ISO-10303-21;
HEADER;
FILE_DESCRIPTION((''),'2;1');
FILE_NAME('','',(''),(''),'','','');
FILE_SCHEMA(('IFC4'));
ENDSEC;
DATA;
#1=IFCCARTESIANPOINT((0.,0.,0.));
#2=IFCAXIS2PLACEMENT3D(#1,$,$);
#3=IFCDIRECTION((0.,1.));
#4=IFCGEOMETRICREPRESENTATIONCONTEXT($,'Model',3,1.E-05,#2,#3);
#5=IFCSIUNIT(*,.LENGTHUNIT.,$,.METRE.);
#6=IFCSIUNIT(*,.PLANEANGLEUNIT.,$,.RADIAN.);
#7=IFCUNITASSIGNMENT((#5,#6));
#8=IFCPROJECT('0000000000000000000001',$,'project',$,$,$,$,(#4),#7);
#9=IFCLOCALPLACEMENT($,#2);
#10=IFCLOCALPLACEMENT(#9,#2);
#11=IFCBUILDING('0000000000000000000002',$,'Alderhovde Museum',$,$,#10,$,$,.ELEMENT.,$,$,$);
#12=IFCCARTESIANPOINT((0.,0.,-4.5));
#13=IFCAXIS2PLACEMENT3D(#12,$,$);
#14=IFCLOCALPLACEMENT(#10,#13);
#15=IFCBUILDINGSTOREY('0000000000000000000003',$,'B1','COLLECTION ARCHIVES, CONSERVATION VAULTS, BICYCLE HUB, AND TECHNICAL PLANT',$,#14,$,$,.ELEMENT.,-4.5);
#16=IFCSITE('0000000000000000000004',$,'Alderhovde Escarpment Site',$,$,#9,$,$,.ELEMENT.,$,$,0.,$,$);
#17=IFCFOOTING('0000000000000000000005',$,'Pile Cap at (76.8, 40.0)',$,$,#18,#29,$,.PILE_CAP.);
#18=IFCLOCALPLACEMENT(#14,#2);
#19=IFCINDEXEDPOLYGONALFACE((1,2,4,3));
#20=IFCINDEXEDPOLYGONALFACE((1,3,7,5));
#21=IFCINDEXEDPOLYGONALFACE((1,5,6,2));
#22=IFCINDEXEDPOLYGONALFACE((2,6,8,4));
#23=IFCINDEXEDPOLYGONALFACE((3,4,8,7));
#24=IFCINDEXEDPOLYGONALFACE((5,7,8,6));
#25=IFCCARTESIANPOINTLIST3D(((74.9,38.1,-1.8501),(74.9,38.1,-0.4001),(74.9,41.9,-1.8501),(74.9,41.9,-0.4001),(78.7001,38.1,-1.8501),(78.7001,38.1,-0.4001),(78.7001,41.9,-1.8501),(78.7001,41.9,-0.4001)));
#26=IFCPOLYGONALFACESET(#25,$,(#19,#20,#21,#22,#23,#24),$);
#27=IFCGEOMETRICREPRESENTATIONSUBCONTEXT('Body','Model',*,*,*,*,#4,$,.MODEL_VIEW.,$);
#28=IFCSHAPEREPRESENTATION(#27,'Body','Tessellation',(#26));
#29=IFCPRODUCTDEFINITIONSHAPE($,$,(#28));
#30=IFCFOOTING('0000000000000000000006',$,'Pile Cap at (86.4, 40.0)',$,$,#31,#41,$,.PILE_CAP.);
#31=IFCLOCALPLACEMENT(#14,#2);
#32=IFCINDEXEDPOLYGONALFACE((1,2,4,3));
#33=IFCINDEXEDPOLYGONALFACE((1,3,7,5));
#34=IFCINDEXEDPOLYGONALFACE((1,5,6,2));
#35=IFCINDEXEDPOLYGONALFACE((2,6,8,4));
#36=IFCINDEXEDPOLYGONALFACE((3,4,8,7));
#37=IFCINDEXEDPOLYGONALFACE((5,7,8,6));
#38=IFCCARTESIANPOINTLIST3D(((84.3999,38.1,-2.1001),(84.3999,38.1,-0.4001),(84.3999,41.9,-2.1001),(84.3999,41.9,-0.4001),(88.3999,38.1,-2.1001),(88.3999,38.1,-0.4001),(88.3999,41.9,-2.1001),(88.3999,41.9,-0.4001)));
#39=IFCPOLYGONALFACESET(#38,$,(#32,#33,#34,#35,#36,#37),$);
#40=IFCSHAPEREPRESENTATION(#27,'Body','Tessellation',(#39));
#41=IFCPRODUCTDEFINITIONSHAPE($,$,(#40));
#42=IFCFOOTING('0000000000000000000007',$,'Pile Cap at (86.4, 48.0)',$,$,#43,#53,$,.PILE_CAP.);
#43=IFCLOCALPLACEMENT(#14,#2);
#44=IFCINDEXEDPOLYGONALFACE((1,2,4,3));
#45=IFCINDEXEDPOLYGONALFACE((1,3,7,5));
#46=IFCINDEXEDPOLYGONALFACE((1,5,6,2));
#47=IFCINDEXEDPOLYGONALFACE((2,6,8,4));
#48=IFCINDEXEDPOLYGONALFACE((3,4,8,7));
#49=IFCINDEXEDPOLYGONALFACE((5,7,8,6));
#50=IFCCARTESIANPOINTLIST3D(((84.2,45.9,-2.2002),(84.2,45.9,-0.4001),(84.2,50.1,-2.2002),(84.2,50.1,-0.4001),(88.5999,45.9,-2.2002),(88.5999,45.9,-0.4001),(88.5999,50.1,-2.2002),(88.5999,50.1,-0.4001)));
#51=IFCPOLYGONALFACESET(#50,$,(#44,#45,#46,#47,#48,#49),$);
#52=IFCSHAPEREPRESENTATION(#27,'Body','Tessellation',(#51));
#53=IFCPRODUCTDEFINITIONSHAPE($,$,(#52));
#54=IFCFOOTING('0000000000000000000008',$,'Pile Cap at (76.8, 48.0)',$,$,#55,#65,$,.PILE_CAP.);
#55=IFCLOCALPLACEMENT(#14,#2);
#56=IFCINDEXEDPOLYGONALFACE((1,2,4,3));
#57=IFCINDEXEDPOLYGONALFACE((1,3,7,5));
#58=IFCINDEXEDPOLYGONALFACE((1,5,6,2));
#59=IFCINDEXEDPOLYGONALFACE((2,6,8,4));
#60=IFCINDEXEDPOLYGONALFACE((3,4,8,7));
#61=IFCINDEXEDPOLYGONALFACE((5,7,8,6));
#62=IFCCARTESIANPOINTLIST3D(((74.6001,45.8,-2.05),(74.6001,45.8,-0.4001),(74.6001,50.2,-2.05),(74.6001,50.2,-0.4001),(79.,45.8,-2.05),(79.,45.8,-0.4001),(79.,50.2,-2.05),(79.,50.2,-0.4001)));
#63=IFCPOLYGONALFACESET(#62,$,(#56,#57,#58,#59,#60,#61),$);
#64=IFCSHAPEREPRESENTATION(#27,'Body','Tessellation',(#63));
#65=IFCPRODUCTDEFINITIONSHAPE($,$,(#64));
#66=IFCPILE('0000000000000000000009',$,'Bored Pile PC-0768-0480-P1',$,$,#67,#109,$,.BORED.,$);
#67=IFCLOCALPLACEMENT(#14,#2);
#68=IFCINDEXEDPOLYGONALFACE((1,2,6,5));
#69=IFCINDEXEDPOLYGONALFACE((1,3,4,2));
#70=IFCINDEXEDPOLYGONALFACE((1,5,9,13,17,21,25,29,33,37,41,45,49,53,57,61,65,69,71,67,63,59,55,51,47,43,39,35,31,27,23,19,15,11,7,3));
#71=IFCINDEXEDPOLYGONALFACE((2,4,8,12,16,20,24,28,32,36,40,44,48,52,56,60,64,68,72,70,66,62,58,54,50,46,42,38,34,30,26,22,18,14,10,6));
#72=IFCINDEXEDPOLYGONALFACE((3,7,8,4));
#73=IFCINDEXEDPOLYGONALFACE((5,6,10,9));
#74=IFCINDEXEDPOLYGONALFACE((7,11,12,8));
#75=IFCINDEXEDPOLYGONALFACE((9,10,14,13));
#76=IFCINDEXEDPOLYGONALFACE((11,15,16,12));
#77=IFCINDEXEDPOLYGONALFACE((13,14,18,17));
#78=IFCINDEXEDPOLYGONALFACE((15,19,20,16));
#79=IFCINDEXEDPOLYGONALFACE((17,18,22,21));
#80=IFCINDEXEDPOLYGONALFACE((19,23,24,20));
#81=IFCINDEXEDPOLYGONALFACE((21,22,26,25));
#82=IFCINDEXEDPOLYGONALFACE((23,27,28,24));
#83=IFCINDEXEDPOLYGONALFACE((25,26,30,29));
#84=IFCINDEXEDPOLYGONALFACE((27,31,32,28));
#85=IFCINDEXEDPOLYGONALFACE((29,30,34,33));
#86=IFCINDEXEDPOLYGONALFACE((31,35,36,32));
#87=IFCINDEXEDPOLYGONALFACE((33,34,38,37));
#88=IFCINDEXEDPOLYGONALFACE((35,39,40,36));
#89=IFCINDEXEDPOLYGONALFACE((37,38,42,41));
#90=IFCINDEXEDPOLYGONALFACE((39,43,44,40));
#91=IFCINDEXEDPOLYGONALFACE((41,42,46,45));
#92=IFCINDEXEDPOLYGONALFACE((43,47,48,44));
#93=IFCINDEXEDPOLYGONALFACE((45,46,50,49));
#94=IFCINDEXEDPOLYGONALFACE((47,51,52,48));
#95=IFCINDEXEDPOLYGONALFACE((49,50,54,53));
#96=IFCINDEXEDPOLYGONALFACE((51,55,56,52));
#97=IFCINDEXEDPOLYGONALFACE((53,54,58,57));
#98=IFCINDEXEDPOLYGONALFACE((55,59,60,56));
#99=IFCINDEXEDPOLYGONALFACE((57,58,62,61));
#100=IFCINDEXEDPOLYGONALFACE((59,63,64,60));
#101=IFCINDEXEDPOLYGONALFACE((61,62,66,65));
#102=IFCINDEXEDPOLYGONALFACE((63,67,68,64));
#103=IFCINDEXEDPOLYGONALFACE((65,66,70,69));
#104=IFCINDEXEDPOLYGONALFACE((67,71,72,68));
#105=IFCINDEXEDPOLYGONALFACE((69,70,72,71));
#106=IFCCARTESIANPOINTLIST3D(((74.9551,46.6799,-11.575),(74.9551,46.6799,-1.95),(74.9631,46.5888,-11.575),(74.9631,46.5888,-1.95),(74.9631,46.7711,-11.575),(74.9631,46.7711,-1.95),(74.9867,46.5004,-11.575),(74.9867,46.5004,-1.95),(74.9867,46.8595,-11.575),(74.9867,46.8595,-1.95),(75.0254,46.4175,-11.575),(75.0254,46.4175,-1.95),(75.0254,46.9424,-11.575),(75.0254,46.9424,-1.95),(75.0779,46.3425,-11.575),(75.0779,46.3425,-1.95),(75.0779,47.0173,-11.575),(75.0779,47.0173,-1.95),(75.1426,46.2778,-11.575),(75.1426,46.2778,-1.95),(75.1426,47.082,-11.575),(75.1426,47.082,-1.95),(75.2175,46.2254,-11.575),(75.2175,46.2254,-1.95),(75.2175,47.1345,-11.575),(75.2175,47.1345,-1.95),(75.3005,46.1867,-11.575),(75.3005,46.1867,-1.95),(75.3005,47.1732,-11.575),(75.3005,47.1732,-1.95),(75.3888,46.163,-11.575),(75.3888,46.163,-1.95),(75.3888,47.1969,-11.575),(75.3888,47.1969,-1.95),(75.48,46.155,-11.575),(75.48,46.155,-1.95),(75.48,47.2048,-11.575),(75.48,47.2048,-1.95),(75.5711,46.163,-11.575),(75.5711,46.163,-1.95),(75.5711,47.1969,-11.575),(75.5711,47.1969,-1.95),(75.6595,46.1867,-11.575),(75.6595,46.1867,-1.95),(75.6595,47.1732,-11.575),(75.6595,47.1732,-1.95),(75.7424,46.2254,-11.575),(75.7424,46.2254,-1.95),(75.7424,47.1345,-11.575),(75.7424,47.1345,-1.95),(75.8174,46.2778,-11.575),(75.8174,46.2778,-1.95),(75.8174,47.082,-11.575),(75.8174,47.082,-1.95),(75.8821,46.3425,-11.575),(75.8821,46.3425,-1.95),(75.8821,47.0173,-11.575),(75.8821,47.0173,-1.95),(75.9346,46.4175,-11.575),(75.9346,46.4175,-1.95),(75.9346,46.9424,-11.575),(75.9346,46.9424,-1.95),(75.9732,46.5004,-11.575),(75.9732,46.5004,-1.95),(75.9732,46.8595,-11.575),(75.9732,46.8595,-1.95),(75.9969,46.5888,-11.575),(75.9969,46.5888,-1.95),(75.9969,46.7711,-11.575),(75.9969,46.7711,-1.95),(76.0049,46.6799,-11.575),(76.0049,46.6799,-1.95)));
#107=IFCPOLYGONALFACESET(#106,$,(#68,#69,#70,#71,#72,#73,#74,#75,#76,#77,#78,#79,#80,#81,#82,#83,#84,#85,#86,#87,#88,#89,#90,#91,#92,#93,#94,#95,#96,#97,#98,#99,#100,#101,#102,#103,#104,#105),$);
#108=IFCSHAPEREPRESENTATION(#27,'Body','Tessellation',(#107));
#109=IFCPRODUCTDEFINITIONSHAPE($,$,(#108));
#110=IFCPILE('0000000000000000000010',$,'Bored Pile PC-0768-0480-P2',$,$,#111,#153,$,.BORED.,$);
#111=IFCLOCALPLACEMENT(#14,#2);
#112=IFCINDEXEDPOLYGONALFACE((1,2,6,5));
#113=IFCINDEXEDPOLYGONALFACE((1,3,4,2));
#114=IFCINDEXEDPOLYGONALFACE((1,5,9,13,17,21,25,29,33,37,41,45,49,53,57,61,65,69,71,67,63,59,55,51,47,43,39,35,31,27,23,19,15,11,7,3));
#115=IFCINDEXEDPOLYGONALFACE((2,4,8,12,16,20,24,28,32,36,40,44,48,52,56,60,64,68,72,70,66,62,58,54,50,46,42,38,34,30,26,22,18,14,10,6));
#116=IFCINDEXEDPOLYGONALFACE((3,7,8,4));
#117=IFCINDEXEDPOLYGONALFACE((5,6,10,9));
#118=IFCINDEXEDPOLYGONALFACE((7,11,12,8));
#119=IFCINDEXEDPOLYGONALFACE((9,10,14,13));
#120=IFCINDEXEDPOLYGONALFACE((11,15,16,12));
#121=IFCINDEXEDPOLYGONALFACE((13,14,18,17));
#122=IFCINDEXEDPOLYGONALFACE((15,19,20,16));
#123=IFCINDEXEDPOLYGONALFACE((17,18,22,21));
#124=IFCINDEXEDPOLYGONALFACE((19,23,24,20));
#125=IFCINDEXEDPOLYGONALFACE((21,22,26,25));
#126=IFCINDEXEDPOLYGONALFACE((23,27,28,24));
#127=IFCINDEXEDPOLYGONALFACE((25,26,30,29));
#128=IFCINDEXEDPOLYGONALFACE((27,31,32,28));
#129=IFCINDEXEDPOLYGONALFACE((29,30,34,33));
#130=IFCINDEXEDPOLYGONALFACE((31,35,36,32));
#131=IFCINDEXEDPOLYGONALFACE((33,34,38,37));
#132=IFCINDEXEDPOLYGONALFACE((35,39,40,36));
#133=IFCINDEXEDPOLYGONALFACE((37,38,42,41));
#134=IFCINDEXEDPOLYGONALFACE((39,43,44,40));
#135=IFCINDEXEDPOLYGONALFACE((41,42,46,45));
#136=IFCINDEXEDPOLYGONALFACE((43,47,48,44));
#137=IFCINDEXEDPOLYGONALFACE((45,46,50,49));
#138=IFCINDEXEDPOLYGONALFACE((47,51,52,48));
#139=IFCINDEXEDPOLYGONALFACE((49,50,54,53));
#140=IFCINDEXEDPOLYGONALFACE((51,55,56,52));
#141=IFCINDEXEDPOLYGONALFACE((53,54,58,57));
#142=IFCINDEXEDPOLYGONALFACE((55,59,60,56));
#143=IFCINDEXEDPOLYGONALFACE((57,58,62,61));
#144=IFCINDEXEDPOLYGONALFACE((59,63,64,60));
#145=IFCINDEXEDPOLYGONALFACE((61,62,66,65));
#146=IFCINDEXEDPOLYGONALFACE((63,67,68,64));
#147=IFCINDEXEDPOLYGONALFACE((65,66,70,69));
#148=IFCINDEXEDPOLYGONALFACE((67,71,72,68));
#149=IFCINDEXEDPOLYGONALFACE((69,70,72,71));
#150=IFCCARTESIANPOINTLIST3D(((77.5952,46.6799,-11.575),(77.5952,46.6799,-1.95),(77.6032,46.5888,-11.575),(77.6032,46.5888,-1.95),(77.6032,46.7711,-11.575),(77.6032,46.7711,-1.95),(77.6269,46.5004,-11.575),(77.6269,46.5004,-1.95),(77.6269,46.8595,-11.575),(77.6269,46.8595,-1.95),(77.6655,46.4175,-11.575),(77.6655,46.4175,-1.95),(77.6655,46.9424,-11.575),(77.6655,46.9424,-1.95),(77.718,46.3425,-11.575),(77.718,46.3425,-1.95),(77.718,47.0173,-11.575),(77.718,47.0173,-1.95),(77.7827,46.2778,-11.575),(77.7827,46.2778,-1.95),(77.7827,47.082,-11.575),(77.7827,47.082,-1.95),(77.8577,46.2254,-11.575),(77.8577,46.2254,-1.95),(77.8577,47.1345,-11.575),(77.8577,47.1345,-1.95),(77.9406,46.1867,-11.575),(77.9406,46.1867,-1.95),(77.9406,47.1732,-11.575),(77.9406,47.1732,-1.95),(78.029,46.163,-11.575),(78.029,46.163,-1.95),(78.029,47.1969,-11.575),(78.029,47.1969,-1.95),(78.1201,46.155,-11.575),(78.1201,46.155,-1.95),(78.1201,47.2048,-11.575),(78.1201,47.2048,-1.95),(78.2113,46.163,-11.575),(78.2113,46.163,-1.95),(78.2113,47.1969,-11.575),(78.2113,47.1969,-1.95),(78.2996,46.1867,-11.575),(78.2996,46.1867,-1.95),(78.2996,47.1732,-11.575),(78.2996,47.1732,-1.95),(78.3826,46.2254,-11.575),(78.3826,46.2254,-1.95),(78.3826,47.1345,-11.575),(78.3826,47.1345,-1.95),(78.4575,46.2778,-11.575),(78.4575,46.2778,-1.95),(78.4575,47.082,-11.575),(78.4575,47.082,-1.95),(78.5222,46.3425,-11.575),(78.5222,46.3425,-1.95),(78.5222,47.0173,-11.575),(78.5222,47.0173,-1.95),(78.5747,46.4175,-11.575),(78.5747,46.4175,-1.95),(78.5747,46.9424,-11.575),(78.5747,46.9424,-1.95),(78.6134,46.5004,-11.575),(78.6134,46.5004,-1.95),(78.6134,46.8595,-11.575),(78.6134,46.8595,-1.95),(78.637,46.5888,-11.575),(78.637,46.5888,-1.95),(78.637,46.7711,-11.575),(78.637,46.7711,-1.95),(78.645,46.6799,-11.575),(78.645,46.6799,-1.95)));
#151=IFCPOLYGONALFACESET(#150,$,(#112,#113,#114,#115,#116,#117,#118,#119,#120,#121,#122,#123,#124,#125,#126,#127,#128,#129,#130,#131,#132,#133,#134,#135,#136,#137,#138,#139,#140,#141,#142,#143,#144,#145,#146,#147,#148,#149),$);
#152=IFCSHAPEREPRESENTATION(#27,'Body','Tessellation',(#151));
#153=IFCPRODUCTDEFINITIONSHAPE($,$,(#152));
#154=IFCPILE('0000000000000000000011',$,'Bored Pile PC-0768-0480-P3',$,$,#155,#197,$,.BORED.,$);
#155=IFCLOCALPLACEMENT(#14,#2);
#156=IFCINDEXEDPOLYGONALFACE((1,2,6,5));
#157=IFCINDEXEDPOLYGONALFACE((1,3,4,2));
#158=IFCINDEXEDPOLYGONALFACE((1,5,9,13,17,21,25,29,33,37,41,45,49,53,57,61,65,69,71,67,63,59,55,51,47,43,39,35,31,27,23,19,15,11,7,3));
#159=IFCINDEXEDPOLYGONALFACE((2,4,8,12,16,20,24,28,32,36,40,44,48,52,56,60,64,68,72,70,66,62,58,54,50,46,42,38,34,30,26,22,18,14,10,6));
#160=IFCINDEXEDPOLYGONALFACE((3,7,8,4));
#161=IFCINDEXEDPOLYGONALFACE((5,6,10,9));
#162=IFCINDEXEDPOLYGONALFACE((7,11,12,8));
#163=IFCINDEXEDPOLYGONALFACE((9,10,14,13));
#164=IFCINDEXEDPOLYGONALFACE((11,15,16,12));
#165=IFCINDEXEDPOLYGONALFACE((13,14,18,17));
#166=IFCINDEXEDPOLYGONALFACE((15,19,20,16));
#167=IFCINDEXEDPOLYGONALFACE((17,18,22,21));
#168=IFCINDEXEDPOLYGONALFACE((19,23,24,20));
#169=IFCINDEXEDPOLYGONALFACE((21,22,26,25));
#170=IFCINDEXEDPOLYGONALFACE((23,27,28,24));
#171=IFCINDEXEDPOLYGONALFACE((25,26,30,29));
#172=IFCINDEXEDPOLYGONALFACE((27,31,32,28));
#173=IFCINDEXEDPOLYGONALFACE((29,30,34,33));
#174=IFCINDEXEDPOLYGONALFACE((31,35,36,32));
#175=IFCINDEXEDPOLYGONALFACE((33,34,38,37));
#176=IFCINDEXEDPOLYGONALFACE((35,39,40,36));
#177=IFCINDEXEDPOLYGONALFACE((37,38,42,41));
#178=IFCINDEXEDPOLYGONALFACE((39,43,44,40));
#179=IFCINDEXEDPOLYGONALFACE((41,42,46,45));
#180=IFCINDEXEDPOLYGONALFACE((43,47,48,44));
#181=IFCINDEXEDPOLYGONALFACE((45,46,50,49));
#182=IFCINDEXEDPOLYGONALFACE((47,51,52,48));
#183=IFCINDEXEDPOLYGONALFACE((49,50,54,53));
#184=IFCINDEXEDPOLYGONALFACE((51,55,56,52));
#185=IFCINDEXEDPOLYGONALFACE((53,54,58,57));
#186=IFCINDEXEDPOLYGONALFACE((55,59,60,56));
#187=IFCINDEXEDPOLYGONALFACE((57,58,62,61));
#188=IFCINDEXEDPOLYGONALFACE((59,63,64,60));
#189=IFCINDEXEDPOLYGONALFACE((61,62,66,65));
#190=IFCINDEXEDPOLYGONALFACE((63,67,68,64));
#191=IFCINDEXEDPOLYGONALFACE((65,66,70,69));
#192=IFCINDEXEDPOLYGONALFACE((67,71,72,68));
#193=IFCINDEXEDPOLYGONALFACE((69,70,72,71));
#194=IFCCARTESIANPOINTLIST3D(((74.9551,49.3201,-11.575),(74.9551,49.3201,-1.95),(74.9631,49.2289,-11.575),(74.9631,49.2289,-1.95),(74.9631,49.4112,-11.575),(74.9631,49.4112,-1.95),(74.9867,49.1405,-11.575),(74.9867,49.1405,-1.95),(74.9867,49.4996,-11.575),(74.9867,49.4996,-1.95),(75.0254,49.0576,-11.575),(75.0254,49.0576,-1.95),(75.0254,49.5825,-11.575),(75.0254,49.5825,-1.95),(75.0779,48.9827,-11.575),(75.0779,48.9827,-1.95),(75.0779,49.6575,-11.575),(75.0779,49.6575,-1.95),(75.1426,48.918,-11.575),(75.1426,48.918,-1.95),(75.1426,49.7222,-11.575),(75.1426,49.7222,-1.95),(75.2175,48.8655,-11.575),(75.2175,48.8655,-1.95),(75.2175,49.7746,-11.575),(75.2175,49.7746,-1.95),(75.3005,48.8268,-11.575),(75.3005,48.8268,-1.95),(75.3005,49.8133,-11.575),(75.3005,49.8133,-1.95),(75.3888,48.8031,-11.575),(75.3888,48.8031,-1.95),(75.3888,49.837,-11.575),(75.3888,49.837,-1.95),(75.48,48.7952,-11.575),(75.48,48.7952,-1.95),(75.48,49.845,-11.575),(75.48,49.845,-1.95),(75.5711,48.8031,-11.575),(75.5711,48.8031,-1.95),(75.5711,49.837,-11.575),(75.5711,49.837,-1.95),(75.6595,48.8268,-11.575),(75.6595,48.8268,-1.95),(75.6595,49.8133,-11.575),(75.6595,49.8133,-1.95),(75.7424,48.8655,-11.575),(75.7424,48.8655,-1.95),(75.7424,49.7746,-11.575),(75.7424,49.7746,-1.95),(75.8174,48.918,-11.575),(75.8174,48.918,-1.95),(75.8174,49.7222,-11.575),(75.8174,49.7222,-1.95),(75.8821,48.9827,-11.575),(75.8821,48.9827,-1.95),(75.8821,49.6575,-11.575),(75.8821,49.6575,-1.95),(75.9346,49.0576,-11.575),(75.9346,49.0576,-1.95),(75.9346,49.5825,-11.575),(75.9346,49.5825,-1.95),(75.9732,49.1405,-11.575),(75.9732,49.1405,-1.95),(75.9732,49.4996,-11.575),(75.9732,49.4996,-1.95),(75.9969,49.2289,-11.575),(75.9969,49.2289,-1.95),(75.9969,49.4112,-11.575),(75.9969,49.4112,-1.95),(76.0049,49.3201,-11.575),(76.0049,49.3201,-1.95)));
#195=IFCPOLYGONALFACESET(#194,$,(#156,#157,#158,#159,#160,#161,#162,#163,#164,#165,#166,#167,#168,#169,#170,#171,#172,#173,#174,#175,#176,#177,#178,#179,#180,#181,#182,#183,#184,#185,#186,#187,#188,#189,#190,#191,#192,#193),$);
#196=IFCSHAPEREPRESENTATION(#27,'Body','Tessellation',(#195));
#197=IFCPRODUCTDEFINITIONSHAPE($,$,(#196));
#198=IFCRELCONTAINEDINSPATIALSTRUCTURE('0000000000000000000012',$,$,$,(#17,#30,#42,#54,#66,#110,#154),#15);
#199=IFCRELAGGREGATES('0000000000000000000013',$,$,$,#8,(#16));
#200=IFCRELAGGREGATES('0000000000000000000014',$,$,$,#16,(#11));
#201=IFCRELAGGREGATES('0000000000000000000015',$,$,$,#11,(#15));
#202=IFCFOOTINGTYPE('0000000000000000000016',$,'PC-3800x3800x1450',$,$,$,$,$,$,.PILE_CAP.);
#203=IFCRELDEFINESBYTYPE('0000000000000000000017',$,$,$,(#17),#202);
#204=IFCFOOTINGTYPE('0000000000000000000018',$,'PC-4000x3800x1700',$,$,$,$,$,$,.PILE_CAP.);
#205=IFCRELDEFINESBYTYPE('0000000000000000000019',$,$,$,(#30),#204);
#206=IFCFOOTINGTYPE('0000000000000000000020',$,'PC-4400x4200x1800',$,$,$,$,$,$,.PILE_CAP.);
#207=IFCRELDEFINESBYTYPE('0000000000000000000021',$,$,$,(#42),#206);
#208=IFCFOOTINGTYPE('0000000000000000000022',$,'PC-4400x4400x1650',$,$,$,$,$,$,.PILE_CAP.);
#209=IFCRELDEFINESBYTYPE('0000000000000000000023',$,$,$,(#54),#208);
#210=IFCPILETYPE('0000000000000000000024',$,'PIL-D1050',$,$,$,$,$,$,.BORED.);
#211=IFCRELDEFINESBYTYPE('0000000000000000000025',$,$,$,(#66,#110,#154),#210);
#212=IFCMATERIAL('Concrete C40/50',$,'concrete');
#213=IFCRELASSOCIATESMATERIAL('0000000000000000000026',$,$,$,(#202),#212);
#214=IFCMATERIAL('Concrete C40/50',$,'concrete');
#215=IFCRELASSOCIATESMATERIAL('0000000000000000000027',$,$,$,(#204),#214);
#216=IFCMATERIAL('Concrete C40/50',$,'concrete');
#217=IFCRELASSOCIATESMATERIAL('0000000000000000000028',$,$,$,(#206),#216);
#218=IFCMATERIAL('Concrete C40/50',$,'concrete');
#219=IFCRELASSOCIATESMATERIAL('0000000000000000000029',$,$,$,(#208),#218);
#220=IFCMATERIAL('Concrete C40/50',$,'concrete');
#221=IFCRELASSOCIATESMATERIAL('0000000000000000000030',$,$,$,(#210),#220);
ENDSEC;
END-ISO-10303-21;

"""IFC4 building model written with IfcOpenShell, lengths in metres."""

from ifc_helpers import new_model, si_unit, direction, frame, origin, origin_2d, place, context, subcontext, project, spatial, rectangle, circle, extrude, material, material_profile, profile_set, type_object, element, save


model = new_model("IFC4")

# Units and contexts
model_context = context("Model", 3, precision=1e-05, world=origin(), true_north=direction((0.0, 1.0)))
body_context = subcontext(model_context, "Body", "Model", "MODEL_VIEW")
ifc_project = project(units=[si_unit("LENGTHUNIT", "METRE"), si_unit("PLANEANGLEUNIT", "RADIAN")], contexts=[model_context])

# Site, building, storey
site_placement = place(None, origin())
site = spatial("IfcSite", under=ifc_project, at=site_placement, Name="Alderhovde Escarpment Site", CompositionType="ELEMENT", RefElevation=0.0)
building_placement = place(site_placement, origin())
building = spatial("IfcBuilding", under=site, at=building_placement, Name="Alderhovde Museum", CompositionType="ELEMENT")
storey_placement = place(building_placement, frame((0.0, 0.0, -4.5)))
storey = spatial("IfcBuildingStorey", under=building, at=storey_placement, Name="B1", Description="COLLECTION ARCHIVES, CONSERVATION VAULTS, BICYCLE HUB, AND TECHNICAL PLANT", CompositionType="ELEMENT", Elevation=-4.5)

# Footings
ifc_material_1 = material(Name="Concrete C40/50", Category="concrete")
footing_type_1 = type_object("IfcFootingType", Name="PC-3800x3800x1450", PredefinedType="PILE_CAP", material=ifc_material_1)
footing_1_placement = place(storey_placement, frame((76.8, 40.0, -1.8501), z_axis=(0.0, 0.0, 1.0), x_axis=(1.0, 0.0, 0.0)))
element("IfcFooting", 1, at=footing_1_placement, inside=storey, type_object=footing_type_1, Name="Pile Cap at (76.8, 40.0)", PredefinedType="PILE_CAP", context=body_context, shape_type="SweptSolid", body=[
    extrude(rectangle(XDim=3.8, YDim=3.8, at=origin_2d()), origin(), (0.0, 0.0, 1.0), 1.45),
])
ifc_material_2 = material(Name="Concrete C40/50", Category="concrete")
footing_type_2 = type_object("IfcFootingType", Name="PC-4000x3800x1700", PredefinedType="PILE_CAP", material=ifc_material_2)
footing_2_placement = place(storey_placement, frame((86.3999, 40.0, -2.1001), z_axis=(0.0, 0.0, 1.0), x_axis=(1.0, 0.0, 0.0)))
element("IfcFooting", 2, at=footing_2_placement, inside=storey, type_object=footing_type_2, Name="Pile Cap at (86.4, 40.0)", PredefinedType="PILE_CAP", context=body_context, shape_type="SweptSolid", body=[
    extrude(rectangle(XDim=4.0, YDim=3.8, at=origin_2d()), origin(), (0.0, 0.0, 1.0), 1.7),
])
ifc_material_3 = material(Name="Concrete C40/50", Category="concrete")
footing_type_3 = type_object("IfcFootingType", Name="PC-4400x4200x1800", PredefinedType="PILE_CAP", material=ifc_material_3)
footing_3_placement = place(storey_placement, frame((86.3999, 48.0, -2.2002), z_axis=(0.0, 0.0, 1.0), x_axis=(1.0, 0.0, 0.0)))
element("IfcFooting", 3, at=footing_3_placement, inside=storey, type_object=footing_type_3, Name="Pile Cap at (86.4, 48.0)", PredefinedType="PILE_CAP", context=body_context, shape_type="SweptSolid", body=[
    extrude(rectangle(XDim=4.3999, YDim=4.2, at=origin_2d()), origin(), (0.0, 0.0, 1.0), 1.8),
])
ifc_material_4 = material(Name="Concrete C40/50", Category="concrete")
footing_type_4 = type_object("IfcFootingType", Name="PC-4400x4400x1650", PredefinedType="PILE_CAP", material=ifc_material_4)
footing_4_placement = place(storey_placement, frame((76.8, 48.0, -2.05), z_axis=(0.0, 0.0, 1.0), x_axis=(1.0, 0.0, 0.0)))
element("IfcFooting", 4, at=footing_4_placement, inside=storey, type_object=footing_type_4, Name="Pile Cap at (76.8, 48.0)", PredefinedType="PILE_CAP", context=body_context, shape_type="SweptSolid", body=[
    extrude(rectangle(XDim=4.3999, YDim=4.3999, at=origin_2d()), origin(), (0.0, 0.0, 1.0), 1.6499),
])

# Piles
ifc_material_5 = material(Name="Concrete C40/50", Category="concrete")
ifc_material_profile_1 = material_profile(ifc_material_5, circle(Radius=0.5249, at=origin_2d()), Name="PILE-D1050")
ifc_profile_set_1 = profile_set([ifc_material_profile_1], Name="Concrete C40/50")
pile_type_1 = type_object("IfcPileType", Name="PIL-D1050", PredefinedType="BORED", material=ifc_profile_set_1)
for number, where, z_axis, x_axis, name in (
    (5, (75.48, 46.6799, -1.95), (0.0, 0.0, -1.0), (1.0, 0.0, 0.0), "Bored Pile PC-0768-0480-P1"),
    (6, (78.1201, 46.6799, -1.95), (0.0, 0.0, -1.0), (1.0, 0.0, 0.0), "Bored Pile PC-0768-0480-P2"),
    (7, (75.48, 49.3201, -1.95), (0.0, 0.0, -1.0), (1.0, 0.0, 0.0), "Bored Pile PC-0768-0480-P3"),
):
    element("IfcPile", number, at=place(storey_placement, frame(where, z_axis=z_axis, x_axis=x_axis)), inside=storey, type_object=pile_type_1, Name=name, PredefinedType="BORED", context=body_context, shape_type="SweptSolid", body=[
        extrude(circle(Radius=0.5249, at=origin_2d()), origin(), (0.0, 0.0, 1.0), 9.625),
    ])

save(model, "model.ifc")
